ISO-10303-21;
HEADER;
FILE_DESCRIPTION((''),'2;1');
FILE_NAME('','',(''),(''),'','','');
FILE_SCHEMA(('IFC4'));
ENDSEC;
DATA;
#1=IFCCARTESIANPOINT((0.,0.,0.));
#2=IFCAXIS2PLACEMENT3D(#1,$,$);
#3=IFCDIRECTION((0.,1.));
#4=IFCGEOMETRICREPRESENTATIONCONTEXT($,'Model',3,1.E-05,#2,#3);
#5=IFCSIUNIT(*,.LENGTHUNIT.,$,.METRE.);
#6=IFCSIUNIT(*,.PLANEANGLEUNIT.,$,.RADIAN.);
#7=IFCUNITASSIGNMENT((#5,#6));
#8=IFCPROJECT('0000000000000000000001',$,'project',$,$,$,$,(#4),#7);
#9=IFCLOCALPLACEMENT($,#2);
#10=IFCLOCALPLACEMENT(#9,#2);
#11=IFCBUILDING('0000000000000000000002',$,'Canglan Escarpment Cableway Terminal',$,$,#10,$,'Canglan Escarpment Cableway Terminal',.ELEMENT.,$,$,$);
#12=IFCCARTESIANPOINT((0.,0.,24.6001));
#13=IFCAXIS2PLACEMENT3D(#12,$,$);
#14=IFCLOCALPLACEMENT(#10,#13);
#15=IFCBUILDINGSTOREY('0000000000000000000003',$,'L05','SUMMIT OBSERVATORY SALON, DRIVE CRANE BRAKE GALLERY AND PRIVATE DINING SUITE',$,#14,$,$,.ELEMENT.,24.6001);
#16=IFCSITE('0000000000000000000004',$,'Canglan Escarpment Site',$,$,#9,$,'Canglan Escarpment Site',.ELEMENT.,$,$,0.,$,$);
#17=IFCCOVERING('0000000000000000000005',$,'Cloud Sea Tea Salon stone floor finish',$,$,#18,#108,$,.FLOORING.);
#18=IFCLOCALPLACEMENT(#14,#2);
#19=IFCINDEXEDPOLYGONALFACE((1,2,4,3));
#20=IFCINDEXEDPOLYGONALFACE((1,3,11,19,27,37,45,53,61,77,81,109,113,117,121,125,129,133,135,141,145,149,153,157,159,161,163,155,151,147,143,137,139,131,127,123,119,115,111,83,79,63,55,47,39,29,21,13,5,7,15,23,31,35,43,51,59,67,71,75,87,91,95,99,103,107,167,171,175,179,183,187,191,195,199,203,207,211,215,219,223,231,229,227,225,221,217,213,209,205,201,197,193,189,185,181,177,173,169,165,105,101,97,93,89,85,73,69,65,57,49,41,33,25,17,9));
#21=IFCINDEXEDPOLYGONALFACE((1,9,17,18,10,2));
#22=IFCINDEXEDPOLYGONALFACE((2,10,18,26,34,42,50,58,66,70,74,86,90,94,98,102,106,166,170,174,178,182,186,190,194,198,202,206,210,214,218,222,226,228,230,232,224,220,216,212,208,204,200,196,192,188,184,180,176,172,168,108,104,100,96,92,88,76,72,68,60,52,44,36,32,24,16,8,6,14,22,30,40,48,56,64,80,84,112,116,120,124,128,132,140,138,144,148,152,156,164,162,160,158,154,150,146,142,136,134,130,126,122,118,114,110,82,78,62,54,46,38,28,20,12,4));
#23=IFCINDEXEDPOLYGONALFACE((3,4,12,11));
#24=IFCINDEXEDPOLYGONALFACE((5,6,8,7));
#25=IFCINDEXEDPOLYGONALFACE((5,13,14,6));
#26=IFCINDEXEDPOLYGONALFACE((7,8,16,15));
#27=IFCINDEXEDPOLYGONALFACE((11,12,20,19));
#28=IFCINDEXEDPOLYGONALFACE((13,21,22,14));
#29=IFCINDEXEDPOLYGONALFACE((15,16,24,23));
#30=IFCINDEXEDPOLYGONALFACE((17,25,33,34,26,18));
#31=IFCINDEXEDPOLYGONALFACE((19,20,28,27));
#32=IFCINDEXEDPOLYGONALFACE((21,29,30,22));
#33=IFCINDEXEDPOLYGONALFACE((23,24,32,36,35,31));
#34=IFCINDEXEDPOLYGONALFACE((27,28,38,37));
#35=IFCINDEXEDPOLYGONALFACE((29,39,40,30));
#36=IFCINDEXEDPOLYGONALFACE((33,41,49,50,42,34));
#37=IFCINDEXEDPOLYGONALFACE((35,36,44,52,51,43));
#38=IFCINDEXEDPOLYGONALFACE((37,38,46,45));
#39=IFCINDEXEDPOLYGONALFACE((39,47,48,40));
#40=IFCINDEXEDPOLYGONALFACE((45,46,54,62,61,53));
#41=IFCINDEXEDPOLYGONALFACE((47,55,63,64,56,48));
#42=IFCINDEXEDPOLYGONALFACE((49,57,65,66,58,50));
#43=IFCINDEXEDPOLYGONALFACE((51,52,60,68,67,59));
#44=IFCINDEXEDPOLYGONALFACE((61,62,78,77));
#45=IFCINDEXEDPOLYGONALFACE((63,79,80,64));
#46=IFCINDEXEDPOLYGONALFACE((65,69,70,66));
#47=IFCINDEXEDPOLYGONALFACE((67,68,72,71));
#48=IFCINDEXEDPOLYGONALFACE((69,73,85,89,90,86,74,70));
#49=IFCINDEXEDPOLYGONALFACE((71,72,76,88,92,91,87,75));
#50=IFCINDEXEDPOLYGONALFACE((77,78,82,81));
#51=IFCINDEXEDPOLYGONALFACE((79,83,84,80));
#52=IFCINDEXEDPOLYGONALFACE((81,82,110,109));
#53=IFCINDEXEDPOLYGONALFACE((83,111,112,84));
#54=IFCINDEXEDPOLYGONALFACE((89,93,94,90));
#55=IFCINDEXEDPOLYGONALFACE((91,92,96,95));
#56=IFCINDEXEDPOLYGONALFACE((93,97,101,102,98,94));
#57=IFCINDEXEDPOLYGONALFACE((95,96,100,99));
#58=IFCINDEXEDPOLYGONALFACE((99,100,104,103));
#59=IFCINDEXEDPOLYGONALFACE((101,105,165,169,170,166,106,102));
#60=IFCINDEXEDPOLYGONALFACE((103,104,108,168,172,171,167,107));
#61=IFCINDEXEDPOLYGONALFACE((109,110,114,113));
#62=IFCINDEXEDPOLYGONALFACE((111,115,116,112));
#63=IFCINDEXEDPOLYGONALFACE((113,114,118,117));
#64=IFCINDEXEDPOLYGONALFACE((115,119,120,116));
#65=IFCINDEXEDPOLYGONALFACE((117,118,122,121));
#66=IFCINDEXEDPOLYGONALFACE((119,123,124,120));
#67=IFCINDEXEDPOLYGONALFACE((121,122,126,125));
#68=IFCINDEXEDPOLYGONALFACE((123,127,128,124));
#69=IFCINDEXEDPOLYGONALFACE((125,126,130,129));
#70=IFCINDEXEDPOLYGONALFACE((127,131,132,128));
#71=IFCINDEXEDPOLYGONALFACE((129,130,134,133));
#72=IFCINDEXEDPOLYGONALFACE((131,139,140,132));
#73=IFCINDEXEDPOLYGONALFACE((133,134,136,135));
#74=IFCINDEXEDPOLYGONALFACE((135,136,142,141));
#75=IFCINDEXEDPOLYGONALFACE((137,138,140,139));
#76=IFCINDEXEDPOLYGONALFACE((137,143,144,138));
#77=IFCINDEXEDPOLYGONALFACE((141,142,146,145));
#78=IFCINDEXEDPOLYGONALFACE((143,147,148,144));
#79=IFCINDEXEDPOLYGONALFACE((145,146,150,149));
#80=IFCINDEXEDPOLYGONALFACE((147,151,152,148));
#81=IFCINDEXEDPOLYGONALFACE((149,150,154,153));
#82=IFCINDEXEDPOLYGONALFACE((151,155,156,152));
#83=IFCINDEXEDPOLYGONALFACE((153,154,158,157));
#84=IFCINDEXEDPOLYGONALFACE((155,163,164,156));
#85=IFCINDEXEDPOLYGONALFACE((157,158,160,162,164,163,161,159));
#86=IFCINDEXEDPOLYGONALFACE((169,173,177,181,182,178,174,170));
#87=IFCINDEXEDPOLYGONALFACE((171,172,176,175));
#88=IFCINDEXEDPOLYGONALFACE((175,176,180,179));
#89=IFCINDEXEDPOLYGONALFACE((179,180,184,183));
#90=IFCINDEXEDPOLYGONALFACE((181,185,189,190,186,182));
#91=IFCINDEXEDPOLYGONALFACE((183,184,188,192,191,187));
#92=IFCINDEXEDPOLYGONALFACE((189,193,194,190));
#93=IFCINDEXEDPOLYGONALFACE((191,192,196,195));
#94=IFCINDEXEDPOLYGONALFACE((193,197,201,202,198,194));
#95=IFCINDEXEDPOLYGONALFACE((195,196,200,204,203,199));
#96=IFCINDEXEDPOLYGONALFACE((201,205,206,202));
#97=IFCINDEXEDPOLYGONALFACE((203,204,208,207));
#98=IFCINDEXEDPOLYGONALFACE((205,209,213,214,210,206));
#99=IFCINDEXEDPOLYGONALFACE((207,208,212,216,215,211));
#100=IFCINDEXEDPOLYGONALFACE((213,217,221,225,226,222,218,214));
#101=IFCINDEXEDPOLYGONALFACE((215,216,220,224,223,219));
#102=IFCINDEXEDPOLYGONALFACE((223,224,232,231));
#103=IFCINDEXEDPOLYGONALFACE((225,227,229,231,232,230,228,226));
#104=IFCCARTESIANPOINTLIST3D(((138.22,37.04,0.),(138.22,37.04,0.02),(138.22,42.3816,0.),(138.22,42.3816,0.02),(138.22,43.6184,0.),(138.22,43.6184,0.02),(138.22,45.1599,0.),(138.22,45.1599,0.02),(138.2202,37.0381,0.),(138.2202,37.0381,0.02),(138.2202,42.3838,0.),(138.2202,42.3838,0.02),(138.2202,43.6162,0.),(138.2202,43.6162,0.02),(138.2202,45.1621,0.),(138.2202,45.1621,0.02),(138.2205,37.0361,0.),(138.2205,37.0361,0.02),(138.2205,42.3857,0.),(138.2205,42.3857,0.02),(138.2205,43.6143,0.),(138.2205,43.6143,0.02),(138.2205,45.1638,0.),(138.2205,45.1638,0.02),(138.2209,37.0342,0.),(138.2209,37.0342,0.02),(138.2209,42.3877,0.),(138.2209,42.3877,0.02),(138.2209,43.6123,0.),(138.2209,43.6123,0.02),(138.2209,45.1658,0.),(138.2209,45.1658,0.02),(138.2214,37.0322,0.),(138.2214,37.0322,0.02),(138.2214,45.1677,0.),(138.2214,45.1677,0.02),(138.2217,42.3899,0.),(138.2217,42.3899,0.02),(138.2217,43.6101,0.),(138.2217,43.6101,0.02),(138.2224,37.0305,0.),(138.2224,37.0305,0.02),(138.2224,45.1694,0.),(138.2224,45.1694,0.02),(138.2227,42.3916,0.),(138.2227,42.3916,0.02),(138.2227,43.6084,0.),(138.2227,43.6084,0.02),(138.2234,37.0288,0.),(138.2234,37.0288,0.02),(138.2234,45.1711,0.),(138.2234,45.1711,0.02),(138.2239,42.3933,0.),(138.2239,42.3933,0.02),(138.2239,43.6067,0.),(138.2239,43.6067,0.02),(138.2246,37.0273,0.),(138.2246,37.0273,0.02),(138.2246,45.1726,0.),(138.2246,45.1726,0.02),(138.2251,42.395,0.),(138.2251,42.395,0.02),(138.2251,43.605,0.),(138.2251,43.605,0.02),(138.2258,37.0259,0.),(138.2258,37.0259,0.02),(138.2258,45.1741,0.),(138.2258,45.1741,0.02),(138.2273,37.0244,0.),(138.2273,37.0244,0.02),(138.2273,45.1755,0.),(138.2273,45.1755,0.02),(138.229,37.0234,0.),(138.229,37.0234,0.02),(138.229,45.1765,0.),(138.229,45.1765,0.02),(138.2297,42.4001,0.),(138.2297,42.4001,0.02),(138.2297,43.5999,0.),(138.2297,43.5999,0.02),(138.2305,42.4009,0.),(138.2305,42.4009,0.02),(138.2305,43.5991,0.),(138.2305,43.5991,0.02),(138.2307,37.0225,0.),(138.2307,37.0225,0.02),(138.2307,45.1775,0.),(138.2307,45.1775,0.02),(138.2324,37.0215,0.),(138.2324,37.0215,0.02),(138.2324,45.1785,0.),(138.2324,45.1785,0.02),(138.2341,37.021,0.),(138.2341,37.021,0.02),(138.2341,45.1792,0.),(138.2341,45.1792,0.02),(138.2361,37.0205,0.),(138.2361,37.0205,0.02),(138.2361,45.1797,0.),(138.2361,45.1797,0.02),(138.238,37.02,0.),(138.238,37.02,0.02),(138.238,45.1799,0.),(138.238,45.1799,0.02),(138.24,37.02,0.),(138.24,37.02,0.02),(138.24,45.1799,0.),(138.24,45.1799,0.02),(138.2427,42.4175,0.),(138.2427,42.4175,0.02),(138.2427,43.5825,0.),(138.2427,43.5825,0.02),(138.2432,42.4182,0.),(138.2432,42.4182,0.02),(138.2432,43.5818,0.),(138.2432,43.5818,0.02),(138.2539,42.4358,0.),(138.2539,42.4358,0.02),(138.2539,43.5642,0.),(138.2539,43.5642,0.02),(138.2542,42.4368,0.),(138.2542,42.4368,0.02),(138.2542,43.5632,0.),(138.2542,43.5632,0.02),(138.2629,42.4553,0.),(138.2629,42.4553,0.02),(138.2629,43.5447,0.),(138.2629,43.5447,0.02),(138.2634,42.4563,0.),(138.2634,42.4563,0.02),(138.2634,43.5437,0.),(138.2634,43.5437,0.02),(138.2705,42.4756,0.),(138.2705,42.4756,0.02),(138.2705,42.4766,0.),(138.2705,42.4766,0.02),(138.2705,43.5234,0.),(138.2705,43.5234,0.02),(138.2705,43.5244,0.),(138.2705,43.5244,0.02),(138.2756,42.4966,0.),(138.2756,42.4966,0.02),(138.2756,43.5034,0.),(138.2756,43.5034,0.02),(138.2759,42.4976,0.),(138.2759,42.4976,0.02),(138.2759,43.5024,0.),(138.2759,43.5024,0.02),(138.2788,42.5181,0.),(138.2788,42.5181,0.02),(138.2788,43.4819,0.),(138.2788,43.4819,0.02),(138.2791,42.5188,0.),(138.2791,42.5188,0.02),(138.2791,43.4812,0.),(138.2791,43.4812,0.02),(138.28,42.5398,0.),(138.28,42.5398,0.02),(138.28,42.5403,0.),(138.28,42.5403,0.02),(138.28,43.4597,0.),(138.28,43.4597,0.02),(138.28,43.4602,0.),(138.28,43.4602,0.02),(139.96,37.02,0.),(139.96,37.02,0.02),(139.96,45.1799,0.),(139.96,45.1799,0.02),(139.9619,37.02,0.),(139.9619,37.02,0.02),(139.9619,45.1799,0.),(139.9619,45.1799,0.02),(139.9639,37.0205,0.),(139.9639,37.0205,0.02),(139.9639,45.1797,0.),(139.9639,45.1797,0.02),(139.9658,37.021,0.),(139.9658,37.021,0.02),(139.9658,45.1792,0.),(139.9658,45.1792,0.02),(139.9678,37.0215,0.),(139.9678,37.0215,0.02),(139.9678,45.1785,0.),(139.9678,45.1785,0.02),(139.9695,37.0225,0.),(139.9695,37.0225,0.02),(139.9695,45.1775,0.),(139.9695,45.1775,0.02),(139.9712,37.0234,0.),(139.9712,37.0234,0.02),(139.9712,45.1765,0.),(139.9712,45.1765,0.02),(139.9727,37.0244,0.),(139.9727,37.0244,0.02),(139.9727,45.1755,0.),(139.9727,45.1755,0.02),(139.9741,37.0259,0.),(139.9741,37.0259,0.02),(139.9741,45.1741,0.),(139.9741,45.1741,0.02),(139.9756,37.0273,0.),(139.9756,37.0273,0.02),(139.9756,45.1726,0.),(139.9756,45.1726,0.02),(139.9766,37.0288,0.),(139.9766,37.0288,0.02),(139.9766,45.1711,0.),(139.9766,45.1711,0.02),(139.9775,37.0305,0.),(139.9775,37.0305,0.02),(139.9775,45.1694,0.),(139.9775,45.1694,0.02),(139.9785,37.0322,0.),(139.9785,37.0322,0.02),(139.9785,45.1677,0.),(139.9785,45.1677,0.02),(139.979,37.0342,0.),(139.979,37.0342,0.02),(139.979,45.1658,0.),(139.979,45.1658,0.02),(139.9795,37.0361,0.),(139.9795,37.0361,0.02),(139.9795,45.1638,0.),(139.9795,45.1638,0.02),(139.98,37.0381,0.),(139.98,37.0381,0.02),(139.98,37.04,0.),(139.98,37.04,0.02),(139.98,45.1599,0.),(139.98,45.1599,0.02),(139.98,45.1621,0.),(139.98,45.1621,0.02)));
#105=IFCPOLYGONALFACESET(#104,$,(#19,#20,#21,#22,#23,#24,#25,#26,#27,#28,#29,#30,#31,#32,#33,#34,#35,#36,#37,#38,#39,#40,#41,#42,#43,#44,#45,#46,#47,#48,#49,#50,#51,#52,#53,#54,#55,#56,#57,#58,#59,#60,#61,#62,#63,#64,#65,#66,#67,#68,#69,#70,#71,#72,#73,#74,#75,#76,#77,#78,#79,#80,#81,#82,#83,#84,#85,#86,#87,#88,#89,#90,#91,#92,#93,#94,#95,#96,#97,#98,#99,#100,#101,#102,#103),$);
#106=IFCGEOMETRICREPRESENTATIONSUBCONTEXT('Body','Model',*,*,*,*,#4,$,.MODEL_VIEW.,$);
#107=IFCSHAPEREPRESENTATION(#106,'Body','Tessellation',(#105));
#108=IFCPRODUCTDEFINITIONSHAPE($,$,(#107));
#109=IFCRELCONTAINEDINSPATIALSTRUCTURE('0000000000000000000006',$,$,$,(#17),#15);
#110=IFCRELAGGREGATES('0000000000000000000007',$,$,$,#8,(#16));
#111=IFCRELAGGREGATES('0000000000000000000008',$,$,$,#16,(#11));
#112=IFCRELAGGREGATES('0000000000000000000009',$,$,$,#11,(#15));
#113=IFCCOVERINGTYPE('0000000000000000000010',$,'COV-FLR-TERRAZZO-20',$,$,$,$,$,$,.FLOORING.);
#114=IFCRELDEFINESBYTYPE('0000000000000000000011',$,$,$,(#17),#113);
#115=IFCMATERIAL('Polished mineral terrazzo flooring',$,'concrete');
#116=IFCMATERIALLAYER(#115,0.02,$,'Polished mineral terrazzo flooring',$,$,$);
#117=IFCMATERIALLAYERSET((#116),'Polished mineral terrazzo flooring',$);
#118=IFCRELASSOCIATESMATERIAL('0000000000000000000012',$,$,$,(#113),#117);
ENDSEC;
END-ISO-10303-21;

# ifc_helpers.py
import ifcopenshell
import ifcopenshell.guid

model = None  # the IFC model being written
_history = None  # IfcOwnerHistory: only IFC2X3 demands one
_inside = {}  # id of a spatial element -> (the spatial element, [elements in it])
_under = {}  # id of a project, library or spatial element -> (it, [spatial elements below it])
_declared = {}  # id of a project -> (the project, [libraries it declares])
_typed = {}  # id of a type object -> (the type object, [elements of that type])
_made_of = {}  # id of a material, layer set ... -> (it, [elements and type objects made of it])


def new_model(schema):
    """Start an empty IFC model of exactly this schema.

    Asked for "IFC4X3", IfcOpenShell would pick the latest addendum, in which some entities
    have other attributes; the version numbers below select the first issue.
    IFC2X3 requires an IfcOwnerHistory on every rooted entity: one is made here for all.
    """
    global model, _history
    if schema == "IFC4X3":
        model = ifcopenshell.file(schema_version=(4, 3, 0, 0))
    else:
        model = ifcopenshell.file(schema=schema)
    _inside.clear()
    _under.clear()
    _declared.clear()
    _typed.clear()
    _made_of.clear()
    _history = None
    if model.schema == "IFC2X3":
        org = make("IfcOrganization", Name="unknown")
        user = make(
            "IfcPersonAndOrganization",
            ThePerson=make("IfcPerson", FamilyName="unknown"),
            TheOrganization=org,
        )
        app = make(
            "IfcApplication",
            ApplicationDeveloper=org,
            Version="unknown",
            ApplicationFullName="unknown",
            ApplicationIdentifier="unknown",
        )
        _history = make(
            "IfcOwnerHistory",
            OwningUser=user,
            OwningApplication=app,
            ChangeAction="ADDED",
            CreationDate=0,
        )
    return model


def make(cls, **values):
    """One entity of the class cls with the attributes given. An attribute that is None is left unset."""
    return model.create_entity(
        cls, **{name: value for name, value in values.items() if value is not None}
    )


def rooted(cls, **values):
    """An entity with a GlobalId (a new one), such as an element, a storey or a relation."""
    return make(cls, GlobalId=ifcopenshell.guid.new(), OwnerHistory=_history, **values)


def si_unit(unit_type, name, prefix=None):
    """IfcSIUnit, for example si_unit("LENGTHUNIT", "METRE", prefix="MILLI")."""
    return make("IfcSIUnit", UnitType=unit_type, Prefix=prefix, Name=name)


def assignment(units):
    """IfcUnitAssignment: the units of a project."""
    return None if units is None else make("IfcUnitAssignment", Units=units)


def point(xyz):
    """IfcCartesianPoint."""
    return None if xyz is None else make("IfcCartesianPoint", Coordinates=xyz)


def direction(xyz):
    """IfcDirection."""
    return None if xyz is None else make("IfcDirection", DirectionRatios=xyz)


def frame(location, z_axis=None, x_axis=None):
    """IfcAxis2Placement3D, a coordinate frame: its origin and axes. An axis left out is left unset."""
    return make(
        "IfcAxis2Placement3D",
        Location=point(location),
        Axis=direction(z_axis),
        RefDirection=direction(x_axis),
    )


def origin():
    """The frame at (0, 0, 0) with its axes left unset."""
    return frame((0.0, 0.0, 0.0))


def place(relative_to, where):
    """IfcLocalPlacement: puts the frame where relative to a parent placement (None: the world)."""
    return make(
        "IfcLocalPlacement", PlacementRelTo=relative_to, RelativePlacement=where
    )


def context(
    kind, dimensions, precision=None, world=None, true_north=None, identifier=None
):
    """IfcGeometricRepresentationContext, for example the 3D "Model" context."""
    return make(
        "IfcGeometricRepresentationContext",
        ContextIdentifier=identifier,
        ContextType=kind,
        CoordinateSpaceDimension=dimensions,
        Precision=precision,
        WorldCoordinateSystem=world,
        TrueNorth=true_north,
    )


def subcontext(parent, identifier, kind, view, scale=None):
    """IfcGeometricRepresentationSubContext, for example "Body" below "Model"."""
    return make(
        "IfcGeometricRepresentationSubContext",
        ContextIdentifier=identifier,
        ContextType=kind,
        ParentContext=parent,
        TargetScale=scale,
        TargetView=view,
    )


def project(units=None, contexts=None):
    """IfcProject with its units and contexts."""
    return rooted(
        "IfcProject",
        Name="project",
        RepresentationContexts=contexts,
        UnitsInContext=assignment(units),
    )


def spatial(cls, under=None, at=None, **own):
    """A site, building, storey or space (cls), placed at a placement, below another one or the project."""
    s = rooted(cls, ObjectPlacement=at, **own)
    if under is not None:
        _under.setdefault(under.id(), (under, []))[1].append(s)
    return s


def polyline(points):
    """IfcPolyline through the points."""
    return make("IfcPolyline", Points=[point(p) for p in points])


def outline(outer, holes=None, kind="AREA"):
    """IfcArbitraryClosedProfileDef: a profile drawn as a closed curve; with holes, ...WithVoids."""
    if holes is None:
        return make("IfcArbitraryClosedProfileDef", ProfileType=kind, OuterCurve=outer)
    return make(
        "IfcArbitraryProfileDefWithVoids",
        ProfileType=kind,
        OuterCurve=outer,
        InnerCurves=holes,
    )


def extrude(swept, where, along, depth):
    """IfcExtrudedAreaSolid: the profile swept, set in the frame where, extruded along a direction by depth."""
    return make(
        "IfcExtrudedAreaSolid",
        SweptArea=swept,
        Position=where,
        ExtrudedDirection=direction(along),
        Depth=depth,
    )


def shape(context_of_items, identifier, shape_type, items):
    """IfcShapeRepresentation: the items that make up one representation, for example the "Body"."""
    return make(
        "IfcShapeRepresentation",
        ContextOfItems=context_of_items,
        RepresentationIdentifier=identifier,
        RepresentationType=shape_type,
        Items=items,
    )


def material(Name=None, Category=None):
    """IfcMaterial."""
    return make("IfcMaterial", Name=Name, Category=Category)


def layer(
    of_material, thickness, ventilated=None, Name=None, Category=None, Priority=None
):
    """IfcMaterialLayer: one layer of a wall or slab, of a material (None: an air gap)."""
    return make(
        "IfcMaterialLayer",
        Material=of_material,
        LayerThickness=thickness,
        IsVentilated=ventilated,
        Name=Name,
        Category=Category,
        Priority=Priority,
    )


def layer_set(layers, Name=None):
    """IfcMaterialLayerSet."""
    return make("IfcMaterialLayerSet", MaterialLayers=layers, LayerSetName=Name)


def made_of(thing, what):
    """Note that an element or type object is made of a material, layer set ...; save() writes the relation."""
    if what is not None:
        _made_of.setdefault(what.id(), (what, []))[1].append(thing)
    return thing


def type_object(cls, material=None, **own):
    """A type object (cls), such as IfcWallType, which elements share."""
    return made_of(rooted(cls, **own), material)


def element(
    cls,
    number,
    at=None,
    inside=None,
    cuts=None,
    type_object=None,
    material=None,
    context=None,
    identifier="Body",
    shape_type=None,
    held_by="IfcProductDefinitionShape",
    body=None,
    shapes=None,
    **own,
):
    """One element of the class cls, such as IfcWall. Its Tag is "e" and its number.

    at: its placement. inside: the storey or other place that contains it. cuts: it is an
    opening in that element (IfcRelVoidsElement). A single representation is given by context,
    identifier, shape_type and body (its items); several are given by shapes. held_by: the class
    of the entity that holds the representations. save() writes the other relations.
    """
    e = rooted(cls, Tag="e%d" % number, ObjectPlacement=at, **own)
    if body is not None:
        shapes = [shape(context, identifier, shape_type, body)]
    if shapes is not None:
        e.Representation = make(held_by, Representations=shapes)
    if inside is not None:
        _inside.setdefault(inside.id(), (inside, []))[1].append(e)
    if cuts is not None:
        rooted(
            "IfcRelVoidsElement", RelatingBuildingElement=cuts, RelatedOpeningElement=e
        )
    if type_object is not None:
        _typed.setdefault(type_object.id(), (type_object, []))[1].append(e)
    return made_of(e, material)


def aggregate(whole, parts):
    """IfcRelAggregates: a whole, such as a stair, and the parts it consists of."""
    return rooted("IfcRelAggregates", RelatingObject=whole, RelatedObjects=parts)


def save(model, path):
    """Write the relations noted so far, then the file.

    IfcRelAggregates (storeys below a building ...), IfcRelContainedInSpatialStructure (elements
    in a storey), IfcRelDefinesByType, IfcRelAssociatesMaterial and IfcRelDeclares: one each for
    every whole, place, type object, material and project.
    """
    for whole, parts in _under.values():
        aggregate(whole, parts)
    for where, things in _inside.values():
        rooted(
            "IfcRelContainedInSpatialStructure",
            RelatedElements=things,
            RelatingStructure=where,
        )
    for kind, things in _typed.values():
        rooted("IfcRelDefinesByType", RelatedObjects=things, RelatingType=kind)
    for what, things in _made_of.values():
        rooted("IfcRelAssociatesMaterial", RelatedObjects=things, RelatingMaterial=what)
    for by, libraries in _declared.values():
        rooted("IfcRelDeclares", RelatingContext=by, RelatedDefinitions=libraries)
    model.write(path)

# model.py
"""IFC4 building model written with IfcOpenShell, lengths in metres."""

from ifc_helpers import new_model, si_unit, direction, frame, origin, place, context, subcontext, project, spatial, polyline, outline, extrude, material, layer, layer_set, type_object, element, save


model = new_model("IFC4")

# Units and contexts
model_context = context("Model", 3, precision=1e-05, world=origin(), true_north=direction((0.0, 1.0)))
body_context = subcontext(model_context, "Body", "Model", "MODEL_VIEW")
ifc_project = project(units=[si_unit("LENGTHUNIT", "METRE"), si_unit("PLANEANGLEUNIT", "RADIAN")], contexts=[model_context])

# Site, building, storey
site_placement = place(None, origin())
site = spatial("IfcSite", under=ifc_project, at=site_placement, Name="Canglan Escarpment Site", LongName="Canglan Escarpment Site", CompositionType="ELEMENT", RefElevation=0.0)
building_placement = place(site_placement, origin())
building = spatial("IfcBuilding", under=site, at=building_placement, Name="Canglan Escarpment Cableway Terminal", LongName="Canglan Escarpment Cableway Terminal", CompositionType="ELEMENT")
storey_placement = place(building_placement, frame((0.0, 0.0, 24.6001)))
storey = spatial("IfcBuildingStorey", under=building, at=storey_placement, Name="L05", Description="SUMMIT OBSERVATORY SALON, DRIVE CRANE BRAKE GALLERY AND PRIVATE DINING SUITE", CompositionType="ELEMENT", Elevation=24.6001)

# Covering
ifc_material_1 = material(Name="Polished mineral terrazzo flooring", Category="concrete")
ifc_layer_1 = layer(ifc_material_1, 0.02, Name="Polished mineral terrazzo flooring")
ifc_layer_set_1 = layer_set([ifc_layer_1], Name="Polished mineral terrazzo flooring")
covering_type_1 = type_object("IfcCoveringType", Name="COV-FLR-TERRAZZO-20", PredefinedType="FLOORING", material=ifc_layer_set_1)
covering_1_placement = place(storey_placement, origin())
element("IfcCovering", 1, at=covering_1_placement, inside=storey, type_object=covering_type_1, Name="Cloud Sea Tea Salon stone floor finish", PredefinedType="FLOORING", context=body_context, shape_type="SweptSolid", body=[
    extrude(outline(polyline([(138.22, 42.3816), (138.2202, 42.3838), (138.2205, 42.3857), (138.2209, 42.3877), (138.2217, 42.3899), (138.2227, 42.3916), (138.2239, 42.3933), (138.2251, 42.395), (138.2297, 42.4001), (138.2305, 42.4009), (138.2427, 42.4175), (138.2432, 42.4182), (138.2539, 42.4358), (138.2542, 42.4368), (138.2629, 42.4553), (138.2634, 42.4563), (138.2705, 42.4756), (138.2705, 42.4766), (138.2756, 42.4966), (138.2759, 42.4976), (138.2788, 42.5181), (138.2791, 42.5188), (138.28, 42.5398), (138.28, 42.5403), (138.28, 43.4597), (138.28, 43.4602), (138.2791, 43.4812), (138.2788, 43.4819), (138.2759, 43.5024), (138.2756, 43.5034), (138.2705, 43.5234), (138.2705, 43.5244), (138.2634, 43.5437), (138.2629, 43.5447), (138.2542, 43.5632), (138.2539, 43.5642), (138.2432, 43.5818), (138.2427, 43.5825), (138.2305, 43.5991), (138.2297, 43.5999), (138.2251, 43.605), (138.2239, 43.6067), (138.2227, 43.6084), (138.2217, 43.6101), (138.2209, 43.6123), (138.2205, 43.6143), (138.2202, 43.6162), (138.22, 43.6184), (138.22, 45.1599), (138.2202, 45.1621), (138.2205, 45.1638), (138.2209, 45.1658), (138.2214, 45.1677), (138.2224, 45.1694), (138.2234, 45.1711), (138.2246, 45.1726), (138.2258, 45.1741), (138.2273, 45.1755), (138.229, 45.1765), (138.2307, 45.1775), (138.2324, 45.1785), (138.2341, 45.1792), (138.2361, 45.1797), (138.238, 45.1799), (138.24, 45.1799), (139.96, 45.1799), (139.9619, 45.1799), (139.9639, 45.1797), (139.9658, 45.1792), (139.9678, 45.1785), (139.9695, 45.1775), (139.9712, 45.1765), (139.9727, 45.1755), (139.9741, 45.1741), (139.9756, 45.1726), (139.9766, 45.1711), (139.9775, 45.1694), (139.9785, 45.1677), (139.979, 45.1658), (139.9795, 45.1638), (139.98, 45.1621), (139.98, 45.1599), (139.98, 37.04), (139.98, 37.0381), (139.9795, 37.0361), (139.979, 37.0342), (139.9785, 37.0322), (139.9775, 37.0305), (139.9766, 37.0288), (139.9756, 37.0273), (139.9741, 37.0259), (139.9727, 37.0244), (139.9712, 37.0234), (139.9695, 37.0225), (139.9678, 37.0215), (139.9658, 37.021), (139.9639, 37.0205), (139.9619, 37.02), (139.96, 37.02), (138.24, 37.02), (138.238, 37.02), (138.2361, 37.0205), (138.2341, 37.021), (138.2324, 37.0215), (138.2307, 37.0225), (138.229, 37.0234), (138.2273, 37.0244), (138.2258, 37.0259), (138.2246, 37.0273), (138.2234, 37.0288), (138.2224, 37.0305), (138.2214, 37.0322), (138.2209, 37.0342), (138.2205, 37.0361), (138.2202, 37.0381), (138.22, 37.04), (138.22, 42.3816)])), origin(), (0.0, 0.0, 1.0), 0.02),
])

save(model, "model.ifc")
